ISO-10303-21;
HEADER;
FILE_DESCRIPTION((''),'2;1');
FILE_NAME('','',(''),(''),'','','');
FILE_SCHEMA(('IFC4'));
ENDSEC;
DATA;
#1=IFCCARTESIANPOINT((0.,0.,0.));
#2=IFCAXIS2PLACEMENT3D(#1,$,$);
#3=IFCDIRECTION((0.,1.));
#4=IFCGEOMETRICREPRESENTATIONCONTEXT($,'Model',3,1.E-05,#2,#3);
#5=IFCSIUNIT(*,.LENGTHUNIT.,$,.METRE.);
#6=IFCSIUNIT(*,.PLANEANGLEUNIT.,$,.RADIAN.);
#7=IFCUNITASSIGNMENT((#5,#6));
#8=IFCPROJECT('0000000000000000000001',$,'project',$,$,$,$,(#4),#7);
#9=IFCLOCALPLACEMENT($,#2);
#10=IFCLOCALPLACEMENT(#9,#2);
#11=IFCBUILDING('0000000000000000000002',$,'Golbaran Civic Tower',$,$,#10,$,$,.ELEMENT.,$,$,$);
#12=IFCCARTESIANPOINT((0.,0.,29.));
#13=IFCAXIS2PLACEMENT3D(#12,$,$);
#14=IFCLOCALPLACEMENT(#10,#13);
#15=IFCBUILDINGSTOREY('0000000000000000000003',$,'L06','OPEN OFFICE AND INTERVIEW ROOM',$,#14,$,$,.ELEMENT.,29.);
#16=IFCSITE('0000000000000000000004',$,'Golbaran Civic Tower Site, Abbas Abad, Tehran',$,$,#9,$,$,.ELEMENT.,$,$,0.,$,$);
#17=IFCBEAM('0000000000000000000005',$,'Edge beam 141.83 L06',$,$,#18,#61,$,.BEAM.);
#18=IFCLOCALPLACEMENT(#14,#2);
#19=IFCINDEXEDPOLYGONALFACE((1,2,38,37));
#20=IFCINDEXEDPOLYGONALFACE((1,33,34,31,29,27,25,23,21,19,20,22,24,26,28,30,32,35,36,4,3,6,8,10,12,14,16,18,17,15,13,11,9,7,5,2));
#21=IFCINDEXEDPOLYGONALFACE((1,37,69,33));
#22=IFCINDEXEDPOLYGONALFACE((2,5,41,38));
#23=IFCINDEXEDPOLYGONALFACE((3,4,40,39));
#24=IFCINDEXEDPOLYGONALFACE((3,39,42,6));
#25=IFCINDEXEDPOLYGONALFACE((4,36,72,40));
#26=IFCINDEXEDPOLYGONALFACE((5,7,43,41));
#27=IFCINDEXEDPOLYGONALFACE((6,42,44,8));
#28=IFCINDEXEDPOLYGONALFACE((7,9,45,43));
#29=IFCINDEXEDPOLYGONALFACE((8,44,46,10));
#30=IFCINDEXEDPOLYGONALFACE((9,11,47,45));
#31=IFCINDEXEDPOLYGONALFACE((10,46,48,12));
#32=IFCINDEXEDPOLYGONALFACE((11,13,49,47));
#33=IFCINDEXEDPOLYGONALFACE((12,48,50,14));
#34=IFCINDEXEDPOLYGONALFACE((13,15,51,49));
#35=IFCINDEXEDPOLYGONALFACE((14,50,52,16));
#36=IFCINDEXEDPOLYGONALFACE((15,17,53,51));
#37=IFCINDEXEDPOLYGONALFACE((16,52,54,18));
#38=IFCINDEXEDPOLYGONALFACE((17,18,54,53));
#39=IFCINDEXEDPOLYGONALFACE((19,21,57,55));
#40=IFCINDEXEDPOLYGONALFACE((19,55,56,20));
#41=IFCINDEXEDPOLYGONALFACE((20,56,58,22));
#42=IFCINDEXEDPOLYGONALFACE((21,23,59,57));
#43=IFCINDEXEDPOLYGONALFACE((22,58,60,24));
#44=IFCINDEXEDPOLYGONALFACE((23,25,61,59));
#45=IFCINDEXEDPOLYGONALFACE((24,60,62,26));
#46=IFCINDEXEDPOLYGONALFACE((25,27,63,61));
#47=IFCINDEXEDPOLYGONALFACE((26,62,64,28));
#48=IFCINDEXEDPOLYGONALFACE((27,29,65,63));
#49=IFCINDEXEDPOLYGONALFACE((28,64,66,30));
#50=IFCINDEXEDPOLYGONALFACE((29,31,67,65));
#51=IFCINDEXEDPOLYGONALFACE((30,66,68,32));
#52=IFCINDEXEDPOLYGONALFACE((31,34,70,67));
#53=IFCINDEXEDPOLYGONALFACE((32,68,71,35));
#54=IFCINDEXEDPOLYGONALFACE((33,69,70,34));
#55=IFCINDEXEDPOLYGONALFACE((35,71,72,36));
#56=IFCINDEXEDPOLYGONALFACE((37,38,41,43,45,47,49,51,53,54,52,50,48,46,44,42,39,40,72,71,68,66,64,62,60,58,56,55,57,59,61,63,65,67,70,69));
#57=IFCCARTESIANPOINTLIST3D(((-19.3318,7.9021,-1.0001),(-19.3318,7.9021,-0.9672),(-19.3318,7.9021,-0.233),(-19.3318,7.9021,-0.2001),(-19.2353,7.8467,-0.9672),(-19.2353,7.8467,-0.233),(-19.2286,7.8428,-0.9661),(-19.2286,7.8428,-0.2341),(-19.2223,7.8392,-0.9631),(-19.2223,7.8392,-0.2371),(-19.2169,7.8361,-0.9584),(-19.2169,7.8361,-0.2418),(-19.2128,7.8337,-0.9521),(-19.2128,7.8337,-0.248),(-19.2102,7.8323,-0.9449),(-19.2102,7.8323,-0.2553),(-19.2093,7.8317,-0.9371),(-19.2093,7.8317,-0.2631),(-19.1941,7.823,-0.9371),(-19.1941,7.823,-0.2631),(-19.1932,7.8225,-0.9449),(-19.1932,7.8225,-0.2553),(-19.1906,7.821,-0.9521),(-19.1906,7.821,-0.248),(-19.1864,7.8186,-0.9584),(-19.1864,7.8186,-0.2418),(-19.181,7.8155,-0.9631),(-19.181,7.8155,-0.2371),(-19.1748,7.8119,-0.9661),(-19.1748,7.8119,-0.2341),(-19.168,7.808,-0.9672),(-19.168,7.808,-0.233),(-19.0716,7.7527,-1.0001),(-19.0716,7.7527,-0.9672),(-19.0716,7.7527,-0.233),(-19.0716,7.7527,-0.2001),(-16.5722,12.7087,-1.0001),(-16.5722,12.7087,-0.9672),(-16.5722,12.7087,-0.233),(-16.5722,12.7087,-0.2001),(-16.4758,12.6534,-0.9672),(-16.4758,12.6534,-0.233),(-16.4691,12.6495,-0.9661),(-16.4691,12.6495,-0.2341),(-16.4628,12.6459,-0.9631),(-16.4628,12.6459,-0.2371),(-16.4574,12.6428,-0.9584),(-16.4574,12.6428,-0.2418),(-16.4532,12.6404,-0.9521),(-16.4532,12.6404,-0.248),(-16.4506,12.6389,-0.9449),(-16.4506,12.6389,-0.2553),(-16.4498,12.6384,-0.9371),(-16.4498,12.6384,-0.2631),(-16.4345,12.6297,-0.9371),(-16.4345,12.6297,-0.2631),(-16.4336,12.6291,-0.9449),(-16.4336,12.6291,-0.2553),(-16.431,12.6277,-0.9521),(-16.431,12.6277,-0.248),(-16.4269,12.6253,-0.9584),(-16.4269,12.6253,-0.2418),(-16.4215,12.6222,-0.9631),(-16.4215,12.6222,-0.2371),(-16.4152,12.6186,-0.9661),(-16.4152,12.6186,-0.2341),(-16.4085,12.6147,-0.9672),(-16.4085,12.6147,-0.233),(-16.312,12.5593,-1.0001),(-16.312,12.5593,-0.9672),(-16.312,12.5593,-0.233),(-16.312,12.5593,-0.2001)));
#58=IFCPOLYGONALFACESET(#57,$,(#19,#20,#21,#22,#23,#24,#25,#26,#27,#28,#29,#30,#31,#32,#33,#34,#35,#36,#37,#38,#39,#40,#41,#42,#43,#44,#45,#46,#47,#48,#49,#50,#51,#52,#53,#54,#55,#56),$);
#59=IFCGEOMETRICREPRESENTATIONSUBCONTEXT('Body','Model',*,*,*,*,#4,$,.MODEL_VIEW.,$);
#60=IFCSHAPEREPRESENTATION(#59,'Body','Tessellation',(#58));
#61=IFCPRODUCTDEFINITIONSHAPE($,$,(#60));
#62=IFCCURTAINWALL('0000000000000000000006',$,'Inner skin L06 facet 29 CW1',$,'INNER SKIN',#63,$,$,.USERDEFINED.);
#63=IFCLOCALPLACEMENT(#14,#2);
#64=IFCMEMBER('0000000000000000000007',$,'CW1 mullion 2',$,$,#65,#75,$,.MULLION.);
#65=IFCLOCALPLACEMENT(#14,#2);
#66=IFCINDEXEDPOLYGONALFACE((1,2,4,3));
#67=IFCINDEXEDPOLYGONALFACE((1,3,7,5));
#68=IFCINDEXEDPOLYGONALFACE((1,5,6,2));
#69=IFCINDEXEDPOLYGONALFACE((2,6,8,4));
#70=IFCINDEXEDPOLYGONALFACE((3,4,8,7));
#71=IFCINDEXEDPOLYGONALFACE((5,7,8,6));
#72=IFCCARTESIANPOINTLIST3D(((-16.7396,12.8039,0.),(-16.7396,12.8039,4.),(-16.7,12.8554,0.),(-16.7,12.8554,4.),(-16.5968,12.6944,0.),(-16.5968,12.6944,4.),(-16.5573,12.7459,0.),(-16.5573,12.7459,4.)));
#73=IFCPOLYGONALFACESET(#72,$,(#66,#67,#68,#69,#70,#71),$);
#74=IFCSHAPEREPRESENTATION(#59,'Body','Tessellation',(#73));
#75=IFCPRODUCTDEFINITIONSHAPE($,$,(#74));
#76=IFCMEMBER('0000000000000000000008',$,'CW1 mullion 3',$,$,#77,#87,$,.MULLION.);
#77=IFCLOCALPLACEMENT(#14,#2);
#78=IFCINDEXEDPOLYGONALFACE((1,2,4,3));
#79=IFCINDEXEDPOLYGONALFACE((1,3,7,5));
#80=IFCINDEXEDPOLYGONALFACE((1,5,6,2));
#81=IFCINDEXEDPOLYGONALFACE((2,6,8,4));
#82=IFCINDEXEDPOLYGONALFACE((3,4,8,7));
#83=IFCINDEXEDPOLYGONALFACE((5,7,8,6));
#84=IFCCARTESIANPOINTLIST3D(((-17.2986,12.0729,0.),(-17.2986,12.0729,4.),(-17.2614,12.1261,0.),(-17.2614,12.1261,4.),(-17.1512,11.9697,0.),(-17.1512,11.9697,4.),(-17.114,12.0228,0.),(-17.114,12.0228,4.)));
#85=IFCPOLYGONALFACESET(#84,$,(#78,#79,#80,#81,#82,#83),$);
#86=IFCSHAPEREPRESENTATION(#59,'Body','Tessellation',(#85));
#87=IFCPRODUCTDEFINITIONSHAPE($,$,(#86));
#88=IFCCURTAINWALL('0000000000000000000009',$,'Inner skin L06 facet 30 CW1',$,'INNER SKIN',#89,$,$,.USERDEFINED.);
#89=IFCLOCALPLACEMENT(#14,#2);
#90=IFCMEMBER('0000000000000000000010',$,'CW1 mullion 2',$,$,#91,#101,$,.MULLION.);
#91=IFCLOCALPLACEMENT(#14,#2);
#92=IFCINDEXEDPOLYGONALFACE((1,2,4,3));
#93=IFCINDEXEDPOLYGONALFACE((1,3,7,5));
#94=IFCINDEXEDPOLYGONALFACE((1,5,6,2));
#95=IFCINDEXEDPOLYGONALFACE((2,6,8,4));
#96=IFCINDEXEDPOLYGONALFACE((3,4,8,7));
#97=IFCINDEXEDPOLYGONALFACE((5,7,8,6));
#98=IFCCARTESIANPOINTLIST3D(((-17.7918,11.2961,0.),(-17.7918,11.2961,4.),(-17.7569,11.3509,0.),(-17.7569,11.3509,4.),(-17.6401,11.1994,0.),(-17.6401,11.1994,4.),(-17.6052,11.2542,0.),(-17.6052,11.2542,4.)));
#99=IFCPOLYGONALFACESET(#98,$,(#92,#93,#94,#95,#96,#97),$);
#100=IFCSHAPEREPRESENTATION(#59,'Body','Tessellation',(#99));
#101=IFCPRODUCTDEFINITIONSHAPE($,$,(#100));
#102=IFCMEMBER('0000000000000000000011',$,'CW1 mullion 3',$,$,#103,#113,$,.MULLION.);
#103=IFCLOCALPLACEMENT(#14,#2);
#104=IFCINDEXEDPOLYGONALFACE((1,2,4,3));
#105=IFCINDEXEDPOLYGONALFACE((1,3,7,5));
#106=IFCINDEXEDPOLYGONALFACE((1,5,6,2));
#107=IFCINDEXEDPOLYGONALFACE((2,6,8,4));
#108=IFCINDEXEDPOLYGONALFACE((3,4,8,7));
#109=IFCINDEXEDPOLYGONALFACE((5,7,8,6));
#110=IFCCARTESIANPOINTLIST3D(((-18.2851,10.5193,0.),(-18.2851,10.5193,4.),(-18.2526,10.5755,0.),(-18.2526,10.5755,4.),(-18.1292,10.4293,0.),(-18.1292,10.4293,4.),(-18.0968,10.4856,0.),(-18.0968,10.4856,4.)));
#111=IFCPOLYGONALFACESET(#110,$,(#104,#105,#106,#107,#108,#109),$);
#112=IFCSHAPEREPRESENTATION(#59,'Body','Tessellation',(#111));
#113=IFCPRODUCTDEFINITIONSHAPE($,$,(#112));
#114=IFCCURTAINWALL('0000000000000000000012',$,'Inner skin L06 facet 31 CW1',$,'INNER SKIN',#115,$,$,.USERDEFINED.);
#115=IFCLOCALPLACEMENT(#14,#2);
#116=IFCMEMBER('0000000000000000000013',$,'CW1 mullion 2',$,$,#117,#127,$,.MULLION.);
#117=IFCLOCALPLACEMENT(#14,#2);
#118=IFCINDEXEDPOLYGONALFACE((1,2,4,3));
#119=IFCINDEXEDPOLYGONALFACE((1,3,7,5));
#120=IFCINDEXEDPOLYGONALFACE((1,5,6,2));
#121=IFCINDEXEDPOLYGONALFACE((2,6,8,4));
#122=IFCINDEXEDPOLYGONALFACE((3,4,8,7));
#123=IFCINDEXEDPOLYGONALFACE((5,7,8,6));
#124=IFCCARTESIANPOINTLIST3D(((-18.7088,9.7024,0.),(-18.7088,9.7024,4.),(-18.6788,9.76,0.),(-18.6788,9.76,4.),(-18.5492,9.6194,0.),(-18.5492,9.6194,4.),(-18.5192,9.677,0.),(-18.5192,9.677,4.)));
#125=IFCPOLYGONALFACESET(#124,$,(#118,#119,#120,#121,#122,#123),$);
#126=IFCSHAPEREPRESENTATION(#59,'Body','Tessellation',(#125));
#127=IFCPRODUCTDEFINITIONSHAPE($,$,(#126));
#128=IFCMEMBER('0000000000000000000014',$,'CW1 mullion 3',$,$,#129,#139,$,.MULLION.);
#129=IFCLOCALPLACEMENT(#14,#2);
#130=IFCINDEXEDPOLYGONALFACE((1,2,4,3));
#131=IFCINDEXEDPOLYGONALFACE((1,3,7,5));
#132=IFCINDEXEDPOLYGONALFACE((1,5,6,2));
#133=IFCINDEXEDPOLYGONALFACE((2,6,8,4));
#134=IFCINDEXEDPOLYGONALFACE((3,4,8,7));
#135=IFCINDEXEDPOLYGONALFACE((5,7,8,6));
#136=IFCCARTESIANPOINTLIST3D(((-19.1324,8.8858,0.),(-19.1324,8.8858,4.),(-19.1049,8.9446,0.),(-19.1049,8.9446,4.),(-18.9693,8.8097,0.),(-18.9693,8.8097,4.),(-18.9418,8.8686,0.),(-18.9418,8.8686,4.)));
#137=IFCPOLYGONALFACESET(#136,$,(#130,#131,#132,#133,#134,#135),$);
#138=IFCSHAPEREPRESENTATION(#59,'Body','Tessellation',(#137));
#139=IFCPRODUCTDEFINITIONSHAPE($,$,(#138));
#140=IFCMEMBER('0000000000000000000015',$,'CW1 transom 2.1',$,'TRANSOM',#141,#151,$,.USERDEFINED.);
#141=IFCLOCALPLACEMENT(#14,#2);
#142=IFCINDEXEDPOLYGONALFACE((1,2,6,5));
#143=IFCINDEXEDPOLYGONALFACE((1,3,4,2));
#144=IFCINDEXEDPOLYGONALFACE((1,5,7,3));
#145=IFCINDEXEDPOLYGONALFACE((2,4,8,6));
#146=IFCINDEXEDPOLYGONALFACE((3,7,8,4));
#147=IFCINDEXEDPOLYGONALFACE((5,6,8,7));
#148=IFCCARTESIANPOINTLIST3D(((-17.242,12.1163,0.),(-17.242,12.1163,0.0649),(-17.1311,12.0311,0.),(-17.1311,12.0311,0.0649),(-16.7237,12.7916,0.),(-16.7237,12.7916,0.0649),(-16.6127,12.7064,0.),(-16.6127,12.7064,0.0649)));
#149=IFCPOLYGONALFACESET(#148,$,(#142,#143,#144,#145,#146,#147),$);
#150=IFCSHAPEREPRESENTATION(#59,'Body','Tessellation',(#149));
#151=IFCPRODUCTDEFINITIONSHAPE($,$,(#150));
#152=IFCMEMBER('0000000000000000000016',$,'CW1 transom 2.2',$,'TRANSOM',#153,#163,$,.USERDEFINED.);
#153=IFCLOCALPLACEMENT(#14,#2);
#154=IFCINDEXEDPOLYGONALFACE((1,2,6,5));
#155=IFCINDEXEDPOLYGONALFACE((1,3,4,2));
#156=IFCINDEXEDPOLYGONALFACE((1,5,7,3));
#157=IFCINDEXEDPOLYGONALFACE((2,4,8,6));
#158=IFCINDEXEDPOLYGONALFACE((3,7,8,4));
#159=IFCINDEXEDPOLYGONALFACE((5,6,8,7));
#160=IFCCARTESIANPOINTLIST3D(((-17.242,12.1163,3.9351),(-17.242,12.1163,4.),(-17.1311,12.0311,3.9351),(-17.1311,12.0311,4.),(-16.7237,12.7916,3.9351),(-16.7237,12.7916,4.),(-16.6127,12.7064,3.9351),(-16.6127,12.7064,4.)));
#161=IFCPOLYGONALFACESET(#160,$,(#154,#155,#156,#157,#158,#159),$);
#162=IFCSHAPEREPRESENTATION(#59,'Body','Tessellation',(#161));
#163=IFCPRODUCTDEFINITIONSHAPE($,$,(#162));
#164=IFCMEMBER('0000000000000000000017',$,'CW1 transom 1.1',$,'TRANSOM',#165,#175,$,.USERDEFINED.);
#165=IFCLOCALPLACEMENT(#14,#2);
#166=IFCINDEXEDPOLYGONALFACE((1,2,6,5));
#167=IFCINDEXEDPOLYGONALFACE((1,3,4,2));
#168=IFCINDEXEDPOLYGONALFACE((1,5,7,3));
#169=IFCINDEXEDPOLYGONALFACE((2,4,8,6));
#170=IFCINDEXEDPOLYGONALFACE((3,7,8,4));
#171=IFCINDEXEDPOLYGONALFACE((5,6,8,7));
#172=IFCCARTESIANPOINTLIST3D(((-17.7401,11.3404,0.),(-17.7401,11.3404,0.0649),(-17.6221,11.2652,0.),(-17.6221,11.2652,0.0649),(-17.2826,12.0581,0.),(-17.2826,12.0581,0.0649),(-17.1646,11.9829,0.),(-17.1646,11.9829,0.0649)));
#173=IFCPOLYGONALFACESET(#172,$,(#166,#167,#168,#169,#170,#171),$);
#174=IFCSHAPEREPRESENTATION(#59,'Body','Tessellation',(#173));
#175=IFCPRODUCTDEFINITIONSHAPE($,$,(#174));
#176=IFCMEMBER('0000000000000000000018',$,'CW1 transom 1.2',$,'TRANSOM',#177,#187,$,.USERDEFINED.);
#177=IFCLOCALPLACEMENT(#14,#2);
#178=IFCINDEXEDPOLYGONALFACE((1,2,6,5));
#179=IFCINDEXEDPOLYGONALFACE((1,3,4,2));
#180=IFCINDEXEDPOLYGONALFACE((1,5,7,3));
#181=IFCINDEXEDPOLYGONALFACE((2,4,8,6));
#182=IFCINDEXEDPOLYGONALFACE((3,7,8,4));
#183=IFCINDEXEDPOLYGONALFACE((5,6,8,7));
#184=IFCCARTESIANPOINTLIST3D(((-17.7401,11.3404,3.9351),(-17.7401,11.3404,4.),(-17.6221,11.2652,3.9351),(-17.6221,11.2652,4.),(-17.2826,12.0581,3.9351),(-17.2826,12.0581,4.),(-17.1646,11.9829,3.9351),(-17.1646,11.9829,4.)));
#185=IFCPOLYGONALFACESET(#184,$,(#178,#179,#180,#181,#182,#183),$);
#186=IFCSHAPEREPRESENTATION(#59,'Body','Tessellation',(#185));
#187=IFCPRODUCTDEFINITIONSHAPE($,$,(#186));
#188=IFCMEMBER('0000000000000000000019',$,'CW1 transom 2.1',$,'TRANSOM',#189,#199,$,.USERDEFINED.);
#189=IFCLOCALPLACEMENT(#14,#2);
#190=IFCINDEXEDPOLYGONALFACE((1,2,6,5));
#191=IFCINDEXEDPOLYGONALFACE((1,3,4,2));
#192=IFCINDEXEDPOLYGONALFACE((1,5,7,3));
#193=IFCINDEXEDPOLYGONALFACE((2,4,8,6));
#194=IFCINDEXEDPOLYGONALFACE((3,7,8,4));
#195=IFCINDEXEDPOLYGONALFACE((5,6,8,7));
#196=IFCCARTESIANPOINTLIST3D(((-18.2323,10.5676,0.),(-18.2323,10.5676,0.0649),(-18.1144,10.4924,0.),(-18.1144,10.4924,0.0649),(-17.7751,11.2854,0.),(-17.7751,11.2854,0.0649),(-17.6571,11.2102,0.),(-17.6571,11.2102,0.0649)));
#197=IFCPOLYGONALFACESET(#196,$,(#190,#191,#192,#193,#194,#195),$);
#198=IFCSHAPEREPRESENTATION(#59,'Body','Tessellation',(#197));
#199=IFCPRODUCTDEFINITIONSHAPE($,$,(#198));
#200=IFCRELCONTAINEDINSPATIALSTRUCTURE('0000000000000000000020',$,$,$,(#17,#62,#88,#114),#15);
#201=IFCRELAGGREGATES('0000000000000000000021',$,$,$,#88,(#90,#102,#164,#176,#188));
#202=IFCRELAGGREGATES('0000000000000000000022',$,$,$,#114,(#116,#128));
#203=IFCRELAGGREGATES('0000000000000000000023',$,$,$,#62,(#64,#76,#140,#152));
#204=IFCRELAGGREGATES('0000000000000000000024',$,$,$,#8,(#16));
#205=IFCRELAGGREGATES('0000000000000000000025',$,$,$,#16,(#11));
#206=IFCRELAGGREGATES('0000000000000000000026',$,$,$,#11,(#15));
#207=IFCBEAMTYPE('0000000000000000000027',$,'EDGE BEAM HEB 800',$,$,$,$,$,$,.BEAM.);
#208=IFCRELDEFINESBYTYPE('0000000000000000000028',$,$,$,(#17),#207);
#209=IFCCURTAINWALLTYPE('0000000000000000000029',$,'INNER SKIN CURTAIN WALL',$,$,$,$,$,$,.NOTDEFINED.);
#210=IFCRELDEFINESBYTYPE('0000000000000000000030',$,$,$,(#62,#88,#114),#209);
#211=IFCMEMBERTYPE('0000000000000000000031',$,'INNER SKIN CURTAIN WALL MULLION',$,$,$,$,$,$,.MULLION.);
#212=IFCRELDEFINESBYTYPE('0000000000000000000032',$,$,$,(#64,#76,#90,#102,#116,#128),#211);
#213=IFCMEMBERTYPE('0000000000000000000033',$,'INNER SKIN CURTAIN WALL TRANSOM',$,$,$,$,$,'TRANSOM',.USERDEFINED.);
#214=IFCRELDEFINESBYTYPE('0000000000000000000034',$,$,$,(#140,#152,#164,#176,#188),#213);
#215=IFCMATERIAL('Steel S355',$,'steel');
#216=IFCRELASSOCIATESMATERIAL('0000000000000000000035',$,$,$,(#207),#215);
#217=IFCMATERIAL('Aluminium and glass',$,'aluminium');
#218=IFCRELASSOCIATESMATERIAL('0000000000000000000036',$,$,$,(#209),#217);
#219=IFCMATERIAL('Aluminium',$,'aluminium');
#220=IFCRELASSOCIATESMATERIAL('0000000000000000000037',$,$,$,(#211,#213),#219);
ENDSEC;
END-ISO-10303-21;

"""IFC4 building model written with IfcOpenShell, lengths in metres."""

from ifc_helpers import new_model, si_unit, direction, frame, origin, origin_2d, place, context, subcontext, project, spatial, rectangle, i_section, extrude, material, material_profile, profile_set, type_object, element, aggregate, save


model = new_model("IFC4")

# Units and contexts
model_context = context("Model", 3, precision=1e-05, world=origin(), true_north=direction((0.0, 1.0)))
body_context = subcontext(model_context, "Body", "Model", "MODEL_VIEW")
ifc_project = project(units=[si_unit("LENGTHUNIT", "METRE"), si_unit("PLANEANGLEUNIT", "RADIAN")], contexts=[model_context])

# Site, building, storey
site_placement = place(None, origin())
site = spatial("IfcSite", under=ifc_project, at=site_placement, Name="Golbaran Civic Tower Site, Abbas Abad, Tehran", CompositionType="ELEMENT", RefElevation=0.0)
building_placement = place(site_placement, origin())
building = spatial("IfcBuilding", under=site, at=building_placement, Name="Golbaran Civic Tower", CompositionType="ELEMENT")
storey_placement = place(building_placement, frame((0.0, 0.0, 29.0)))
storey = spatial("IfcBuildingStorey", under=building, at=storey_placement, Name="L06", Description="OPEN OFFICE AND INTERVIEW ROOM", CompositionType="ELEMENT", Elevation=29.0)

# Beam
ifc_material_1 = material(Name="Steel S355", Category="steel")
ifc_material_profile_1 = material_profile(ifc_material_1, i_section(OverallWidth=0.3, OverallDepth=0.8, WebThickness=0.0176, FlangeThickness=0.033, FilletRadius=0.03, at=origin_2d()), Name="HEB 800")
ifc_profile_set_1 = profile_set([ifc_material_profile_1], Name="Steel S355")
beam_type = type_object("IfcBeamType", Name="EDGE BEAM HEB 800", PredefinedType="BEAM", material=ifc_profile_set_1)
beam_placement = place(storey_placement, frame((-16.4421, 12.634, -0.6001), z_axis=(-0.497888, -0.867241, 0.0), x_axis=(0.867241, -0.497888, 0.0)))
element("IfcBeam", 1, at=beam_placement, inside=storey, type_object=beam_type, Name="Edge beam 141.83 L06", PredefinedType="BEAM", context=body_context, shape_type="SweptSolid", body=[
    extrude(i_section(OverallWidth=0.3, OverallDepth=0.8, WebThickness=0.0176, FlangeThickness=0.033, FilletRadius=0.03, at=origin_2d()), origin(), (0.0, 0.0, 1.0), 5.5425),
])

# Curtain walls, members
ifc_material_2 = material(Name="Aluminium and glass", Category="aluminium")
curtain_wall_type = type_object("IfcCurtainWallType", Name="INNER SKIN CURTAIN WALL", PredefinedType="NOTDEFINED", material=ifc_material_2)
curtain_wall_1_placement = place(storey_placement, origin())
curtain_wall_1 = element("IfcCurtainWall", 2, at=curtain_wall_1_placement, inside=storey, type_object=curtain_wall_type, Name="Inner skin L06 facet 29 CW1", ObjectType="INNER SKIN", PredefinedType="USERDEFINED")
ifc_material_3 = material(Name="Aluminium", Category="aluminium")
ifc_material_profile_2 = material_profile(ifc_material_3, rectangle(XDim=0.1799, YDim=0.0649, at=origin_2d()), Name="INNER SKIN CURTAIN WALL MULLION")
ifc_profile_set_2 = profile_set([ifc_material_profile_2], Name="Aluminium")
member_type_1 = type_object("IfcMemberType", Name="INNER SKIN CURTAIN WALL MULLION", PredefinedType="MULLION", material=ifc_profile_set_2)
member_1_placement = place(storey_placement, frame((-16.6484, 12.7749, 0.0), z_axis=(0.0, 0.0, 1.0), x_axis=(0.793353, -0.608761, 0.0)))
member_1 = element("IfcMember", 3, at=member_1_placement, type_object=member_type_1, Name="CW1 mullion 2", PredefinedType="MULLION", context=body_context, shape_type="SweptSolid", body=[
    extrude(rectangle(XDim=0.1799, YDim=0.0649, at=origin_2d()), origin(), (0.0, 0.0, 1.0), 4.0),
])
member_2_placement = place(storey_placement, frame((-17.2063, 12.0479, 0.0), z_axis=(0.0, 0.0, 1.0), x_axis=(0.819152, -0.573576, 0.0)))
member_2 = element("IfcMember", 4, at=member_2_placement, type_object=member_type_1, Name="CW1 mullion 3", PredefinedType="MULLION", context=body_context, shape_type="SweptSolid", body=[
    extrude(rectangle(XDim=0.1799, YDim=0.0649, at=origin_2d()), origin(), (0.0, 0.0, 1.0), 4.0),
])
curtain_wall_2_placement = place(storey_placement, origin())
curtain_wall_2 = element("IfcCurtainWall", 5, at=curtain_wall_2_placement, inside=storey, type_object=curtain_wall_type, Name="Inner skin L06 facet 30 CW1", ObjectType="INNER SKIN", PredefinedType="USERDEFINED")
member_3_placement = place(storey_placement, frame((-17.6985, 11.2751, 0.0), z_axis=(0.0, 0.0, 1.0), x_axis=(0.843391, -0.5373, 0.0)))
member_3 = element("IfcMember", 6, at=member_3_placement, type_object=member_type_1, Name="CW1 mullion 2", PredefinedType="MULLION", context=body_context, shape_type="SweptSolid", body=[
    extrude(rectangle(XDim=0.1799, YDim=0.0649, at=origin_2d()), origin(), (0.0, 0.0, 1.0), 4.0),
])
member_4_placement = place(storey_placement, frame((-18.1909, 10.5024, 0.0), z_axis=(0.0, 0.0, 1.0), x_axis=(0.866025, -0.5, 0.0)))
member_4 = element("IfcMember", 7, at=member_4_placement, type_object=member_type_1, Name="CW1 mullion 3", PredefinedType="MULLION", context=body_context, shape_type="SweptSolid", body=[
    extrude(rectangle(XDim=0.1799, YDim=0.0649, at=origin_2d()), origin(), (0.0, 0.0, 1.0), 4.0),
])
curtain_wall_3_placement = place(storey_placement, origin())
curtain_wall_3 = element("IfcCurtainWall", 8, at=curtain_wall_3_placement, inside=storey, type_object=curtain_wall_type, Name="Inner skin L06 facet 31 CW1", ObjectType="INNER SKIN", PredefinedType="USERDEFINED")
member_5_placement = place(storey_placement, frame((-18.614, 9.6897, 0.0), z_axis=(0.0, 0.0, 1.0), x_axis=(0.887011, -0.461749, 0.0)))
member_5 = element("IfcMember", 9, at=member_5_placement, type_object=member_type_1, Name="CW1 mullion 2", PredefinedType="MULLION", context=body_context, shape_type="SweptSolid", body=[
    extrude(rectangle(XDim=0.1799, YDim=0.0649, at=origin_2d()), origin(), (0.0, 0.0, 1.0), 4.0),
])
member_6_placement = place(storey_placement, frame((-19.0371, 8.8772, 0.0), z_axis=(0.0, 0.0, 1.0), x_axis=(0.906308, -0.422618, 0.0)))
member_6 = element("IfcMember", 10, at=member_6_placement, type_object=member_type_1, Name="CW1 mullion 3", PredefinedType="MULLION", context=body_context, shape_type="SweptSolid", body=[
    extrude(rectangle(XDim=0.1799, YDim=0.0649, at=origin_2d()), origin(), (0.0, 0.0, 1.0), 4.0),
])

# Members
ifc_material_profile_3 = material_profile(ifc_material_3, rectangle(XDim=0.1399, YDim=0.0649, at=origin_2d()), Name="INNER SKIN CURTAIN WALL TRANSOM")
ifc_profile_set_3 = profile_set([ifc_material_profile_3], Name="Aluminium")
member_type_2 = type_object("IfcMemberType", Name="INNER SKIN CURTAIN WALL TRANSOM", ElementType="TRANSOM", PredefinedType="USERDEFINED", material=ifc_profile_set_3)
member_7_placement = place(storey_placement, frame((-16.6682, 12.749, 0.0325), z_axis=(-0.608865, -0.793274, 0.0), x_axis=(0.793274, -0.608865, 0.0)))
member_7 = element("IfcMember", 11, at=member_7_placement, type_object=member_type_2, Name="CW1 transom 2.1", ObjectType="TRANSOM", PredefinedType="USERDEFINED", context=body_context, shape_type="SweptSolid", body=[
    extrude(rectangle(XDim=0.1399, YDim=0.0649, at=origin_2d()), origin(), (0.0, 0.0, 1.0), 0.8513),
])
member_8_placement = place(storey_placement, frame((-16.6682, 12.749, 3.9675), z_axis=(-0.608865, -0.793274, 0.0), x_axis=(0.793274, -0.608865, 0.0)))
member_8 = element("IfcMember", 12, at=member_8_placement, type_object=member_type_2, Name="CW1 transom 2.2", ObjectType="TRANSOM", PredefinedType="USERDEFINED", context=body_context, shape_type="SweptSolid", body=[
    extrude(rectangle(XDim=0.1399, YDim=0.0649, at=origin_2d()), origin(), (0.0, 0.0, 1.0), 0.8513),
])
member_9_placement = place(storey_placement, frame((-17.2236, 12.0205, 0.0325), z_axis=(-0.537506, -0.84326, 0.0), x_axis=(0.84326, -0.537506, 0.0)))
member_9 = element("IfcMember", 13, at=member_9_placement, type_object=member_type_2, Name="CW1 transom 1.1", ObjectType="TRANSOM", PredefinedType="USERDEFINED", context=body_context, shape_type="SweptSolid", body=[
    extrude(rectangle(XDim=0.1399, YDim=0.0649, at=origin_2d()), origin(), (0.0, 0.0, 1.0), 0.8511),
])
member_10_placement = place(storey_placement, frame((-17.2236, 12.0205, 3.9675), z_axis=(-0.537506, -0.84326, 0.0), x_axis=(0.84326, -0.537506, 0.0)))
member_10 = element("IfcMember", 14, at=member_10_placement, type_object=member_type_2, Name="CW1 transom 1.2", ObjectType="TRANSOM", PredefinedType="USERDEFINED", context=body_context, shape_type="SweptSolid", body=[
    extrude(rectangle(XDim=0.1399, YDim=0.0649, at=origin_2d()), origin(), (0.0, 0.0, 1.0), 0.8511),
])
member_11_placement = place(storey_placement, frame((-17.7161, 11.2478, 0.0325), z_axis=(-0.537302, -0.84339, 0.0), x_axis=(0.84339, -0.537302, 0.0)))
member_11 = element("IfcMember", 15, at=member_11_placement, type_object=member_type_2, Name="CW1 transom 2.1", ObjectType="TRANSOM", PredefinedType="USERDEFINED", context=body_context, shape_type="SweptSolid", body=[
    extrude(rectangle(XDim=0.1399, YDim=0.0649, at=origin_2d()), origin(), (0.0, 0.0, 1.0), 0.8511),
])

aggregate(curtain_wall_2, [member_3, member_4, member_9, member_10, member_11])
aggregate(curtain_wall_3, [member_5, member_6])
aggregate(curtain_wall_1, [member_1, member_2, member_7, member_8])

save(model, "model.ifc")
